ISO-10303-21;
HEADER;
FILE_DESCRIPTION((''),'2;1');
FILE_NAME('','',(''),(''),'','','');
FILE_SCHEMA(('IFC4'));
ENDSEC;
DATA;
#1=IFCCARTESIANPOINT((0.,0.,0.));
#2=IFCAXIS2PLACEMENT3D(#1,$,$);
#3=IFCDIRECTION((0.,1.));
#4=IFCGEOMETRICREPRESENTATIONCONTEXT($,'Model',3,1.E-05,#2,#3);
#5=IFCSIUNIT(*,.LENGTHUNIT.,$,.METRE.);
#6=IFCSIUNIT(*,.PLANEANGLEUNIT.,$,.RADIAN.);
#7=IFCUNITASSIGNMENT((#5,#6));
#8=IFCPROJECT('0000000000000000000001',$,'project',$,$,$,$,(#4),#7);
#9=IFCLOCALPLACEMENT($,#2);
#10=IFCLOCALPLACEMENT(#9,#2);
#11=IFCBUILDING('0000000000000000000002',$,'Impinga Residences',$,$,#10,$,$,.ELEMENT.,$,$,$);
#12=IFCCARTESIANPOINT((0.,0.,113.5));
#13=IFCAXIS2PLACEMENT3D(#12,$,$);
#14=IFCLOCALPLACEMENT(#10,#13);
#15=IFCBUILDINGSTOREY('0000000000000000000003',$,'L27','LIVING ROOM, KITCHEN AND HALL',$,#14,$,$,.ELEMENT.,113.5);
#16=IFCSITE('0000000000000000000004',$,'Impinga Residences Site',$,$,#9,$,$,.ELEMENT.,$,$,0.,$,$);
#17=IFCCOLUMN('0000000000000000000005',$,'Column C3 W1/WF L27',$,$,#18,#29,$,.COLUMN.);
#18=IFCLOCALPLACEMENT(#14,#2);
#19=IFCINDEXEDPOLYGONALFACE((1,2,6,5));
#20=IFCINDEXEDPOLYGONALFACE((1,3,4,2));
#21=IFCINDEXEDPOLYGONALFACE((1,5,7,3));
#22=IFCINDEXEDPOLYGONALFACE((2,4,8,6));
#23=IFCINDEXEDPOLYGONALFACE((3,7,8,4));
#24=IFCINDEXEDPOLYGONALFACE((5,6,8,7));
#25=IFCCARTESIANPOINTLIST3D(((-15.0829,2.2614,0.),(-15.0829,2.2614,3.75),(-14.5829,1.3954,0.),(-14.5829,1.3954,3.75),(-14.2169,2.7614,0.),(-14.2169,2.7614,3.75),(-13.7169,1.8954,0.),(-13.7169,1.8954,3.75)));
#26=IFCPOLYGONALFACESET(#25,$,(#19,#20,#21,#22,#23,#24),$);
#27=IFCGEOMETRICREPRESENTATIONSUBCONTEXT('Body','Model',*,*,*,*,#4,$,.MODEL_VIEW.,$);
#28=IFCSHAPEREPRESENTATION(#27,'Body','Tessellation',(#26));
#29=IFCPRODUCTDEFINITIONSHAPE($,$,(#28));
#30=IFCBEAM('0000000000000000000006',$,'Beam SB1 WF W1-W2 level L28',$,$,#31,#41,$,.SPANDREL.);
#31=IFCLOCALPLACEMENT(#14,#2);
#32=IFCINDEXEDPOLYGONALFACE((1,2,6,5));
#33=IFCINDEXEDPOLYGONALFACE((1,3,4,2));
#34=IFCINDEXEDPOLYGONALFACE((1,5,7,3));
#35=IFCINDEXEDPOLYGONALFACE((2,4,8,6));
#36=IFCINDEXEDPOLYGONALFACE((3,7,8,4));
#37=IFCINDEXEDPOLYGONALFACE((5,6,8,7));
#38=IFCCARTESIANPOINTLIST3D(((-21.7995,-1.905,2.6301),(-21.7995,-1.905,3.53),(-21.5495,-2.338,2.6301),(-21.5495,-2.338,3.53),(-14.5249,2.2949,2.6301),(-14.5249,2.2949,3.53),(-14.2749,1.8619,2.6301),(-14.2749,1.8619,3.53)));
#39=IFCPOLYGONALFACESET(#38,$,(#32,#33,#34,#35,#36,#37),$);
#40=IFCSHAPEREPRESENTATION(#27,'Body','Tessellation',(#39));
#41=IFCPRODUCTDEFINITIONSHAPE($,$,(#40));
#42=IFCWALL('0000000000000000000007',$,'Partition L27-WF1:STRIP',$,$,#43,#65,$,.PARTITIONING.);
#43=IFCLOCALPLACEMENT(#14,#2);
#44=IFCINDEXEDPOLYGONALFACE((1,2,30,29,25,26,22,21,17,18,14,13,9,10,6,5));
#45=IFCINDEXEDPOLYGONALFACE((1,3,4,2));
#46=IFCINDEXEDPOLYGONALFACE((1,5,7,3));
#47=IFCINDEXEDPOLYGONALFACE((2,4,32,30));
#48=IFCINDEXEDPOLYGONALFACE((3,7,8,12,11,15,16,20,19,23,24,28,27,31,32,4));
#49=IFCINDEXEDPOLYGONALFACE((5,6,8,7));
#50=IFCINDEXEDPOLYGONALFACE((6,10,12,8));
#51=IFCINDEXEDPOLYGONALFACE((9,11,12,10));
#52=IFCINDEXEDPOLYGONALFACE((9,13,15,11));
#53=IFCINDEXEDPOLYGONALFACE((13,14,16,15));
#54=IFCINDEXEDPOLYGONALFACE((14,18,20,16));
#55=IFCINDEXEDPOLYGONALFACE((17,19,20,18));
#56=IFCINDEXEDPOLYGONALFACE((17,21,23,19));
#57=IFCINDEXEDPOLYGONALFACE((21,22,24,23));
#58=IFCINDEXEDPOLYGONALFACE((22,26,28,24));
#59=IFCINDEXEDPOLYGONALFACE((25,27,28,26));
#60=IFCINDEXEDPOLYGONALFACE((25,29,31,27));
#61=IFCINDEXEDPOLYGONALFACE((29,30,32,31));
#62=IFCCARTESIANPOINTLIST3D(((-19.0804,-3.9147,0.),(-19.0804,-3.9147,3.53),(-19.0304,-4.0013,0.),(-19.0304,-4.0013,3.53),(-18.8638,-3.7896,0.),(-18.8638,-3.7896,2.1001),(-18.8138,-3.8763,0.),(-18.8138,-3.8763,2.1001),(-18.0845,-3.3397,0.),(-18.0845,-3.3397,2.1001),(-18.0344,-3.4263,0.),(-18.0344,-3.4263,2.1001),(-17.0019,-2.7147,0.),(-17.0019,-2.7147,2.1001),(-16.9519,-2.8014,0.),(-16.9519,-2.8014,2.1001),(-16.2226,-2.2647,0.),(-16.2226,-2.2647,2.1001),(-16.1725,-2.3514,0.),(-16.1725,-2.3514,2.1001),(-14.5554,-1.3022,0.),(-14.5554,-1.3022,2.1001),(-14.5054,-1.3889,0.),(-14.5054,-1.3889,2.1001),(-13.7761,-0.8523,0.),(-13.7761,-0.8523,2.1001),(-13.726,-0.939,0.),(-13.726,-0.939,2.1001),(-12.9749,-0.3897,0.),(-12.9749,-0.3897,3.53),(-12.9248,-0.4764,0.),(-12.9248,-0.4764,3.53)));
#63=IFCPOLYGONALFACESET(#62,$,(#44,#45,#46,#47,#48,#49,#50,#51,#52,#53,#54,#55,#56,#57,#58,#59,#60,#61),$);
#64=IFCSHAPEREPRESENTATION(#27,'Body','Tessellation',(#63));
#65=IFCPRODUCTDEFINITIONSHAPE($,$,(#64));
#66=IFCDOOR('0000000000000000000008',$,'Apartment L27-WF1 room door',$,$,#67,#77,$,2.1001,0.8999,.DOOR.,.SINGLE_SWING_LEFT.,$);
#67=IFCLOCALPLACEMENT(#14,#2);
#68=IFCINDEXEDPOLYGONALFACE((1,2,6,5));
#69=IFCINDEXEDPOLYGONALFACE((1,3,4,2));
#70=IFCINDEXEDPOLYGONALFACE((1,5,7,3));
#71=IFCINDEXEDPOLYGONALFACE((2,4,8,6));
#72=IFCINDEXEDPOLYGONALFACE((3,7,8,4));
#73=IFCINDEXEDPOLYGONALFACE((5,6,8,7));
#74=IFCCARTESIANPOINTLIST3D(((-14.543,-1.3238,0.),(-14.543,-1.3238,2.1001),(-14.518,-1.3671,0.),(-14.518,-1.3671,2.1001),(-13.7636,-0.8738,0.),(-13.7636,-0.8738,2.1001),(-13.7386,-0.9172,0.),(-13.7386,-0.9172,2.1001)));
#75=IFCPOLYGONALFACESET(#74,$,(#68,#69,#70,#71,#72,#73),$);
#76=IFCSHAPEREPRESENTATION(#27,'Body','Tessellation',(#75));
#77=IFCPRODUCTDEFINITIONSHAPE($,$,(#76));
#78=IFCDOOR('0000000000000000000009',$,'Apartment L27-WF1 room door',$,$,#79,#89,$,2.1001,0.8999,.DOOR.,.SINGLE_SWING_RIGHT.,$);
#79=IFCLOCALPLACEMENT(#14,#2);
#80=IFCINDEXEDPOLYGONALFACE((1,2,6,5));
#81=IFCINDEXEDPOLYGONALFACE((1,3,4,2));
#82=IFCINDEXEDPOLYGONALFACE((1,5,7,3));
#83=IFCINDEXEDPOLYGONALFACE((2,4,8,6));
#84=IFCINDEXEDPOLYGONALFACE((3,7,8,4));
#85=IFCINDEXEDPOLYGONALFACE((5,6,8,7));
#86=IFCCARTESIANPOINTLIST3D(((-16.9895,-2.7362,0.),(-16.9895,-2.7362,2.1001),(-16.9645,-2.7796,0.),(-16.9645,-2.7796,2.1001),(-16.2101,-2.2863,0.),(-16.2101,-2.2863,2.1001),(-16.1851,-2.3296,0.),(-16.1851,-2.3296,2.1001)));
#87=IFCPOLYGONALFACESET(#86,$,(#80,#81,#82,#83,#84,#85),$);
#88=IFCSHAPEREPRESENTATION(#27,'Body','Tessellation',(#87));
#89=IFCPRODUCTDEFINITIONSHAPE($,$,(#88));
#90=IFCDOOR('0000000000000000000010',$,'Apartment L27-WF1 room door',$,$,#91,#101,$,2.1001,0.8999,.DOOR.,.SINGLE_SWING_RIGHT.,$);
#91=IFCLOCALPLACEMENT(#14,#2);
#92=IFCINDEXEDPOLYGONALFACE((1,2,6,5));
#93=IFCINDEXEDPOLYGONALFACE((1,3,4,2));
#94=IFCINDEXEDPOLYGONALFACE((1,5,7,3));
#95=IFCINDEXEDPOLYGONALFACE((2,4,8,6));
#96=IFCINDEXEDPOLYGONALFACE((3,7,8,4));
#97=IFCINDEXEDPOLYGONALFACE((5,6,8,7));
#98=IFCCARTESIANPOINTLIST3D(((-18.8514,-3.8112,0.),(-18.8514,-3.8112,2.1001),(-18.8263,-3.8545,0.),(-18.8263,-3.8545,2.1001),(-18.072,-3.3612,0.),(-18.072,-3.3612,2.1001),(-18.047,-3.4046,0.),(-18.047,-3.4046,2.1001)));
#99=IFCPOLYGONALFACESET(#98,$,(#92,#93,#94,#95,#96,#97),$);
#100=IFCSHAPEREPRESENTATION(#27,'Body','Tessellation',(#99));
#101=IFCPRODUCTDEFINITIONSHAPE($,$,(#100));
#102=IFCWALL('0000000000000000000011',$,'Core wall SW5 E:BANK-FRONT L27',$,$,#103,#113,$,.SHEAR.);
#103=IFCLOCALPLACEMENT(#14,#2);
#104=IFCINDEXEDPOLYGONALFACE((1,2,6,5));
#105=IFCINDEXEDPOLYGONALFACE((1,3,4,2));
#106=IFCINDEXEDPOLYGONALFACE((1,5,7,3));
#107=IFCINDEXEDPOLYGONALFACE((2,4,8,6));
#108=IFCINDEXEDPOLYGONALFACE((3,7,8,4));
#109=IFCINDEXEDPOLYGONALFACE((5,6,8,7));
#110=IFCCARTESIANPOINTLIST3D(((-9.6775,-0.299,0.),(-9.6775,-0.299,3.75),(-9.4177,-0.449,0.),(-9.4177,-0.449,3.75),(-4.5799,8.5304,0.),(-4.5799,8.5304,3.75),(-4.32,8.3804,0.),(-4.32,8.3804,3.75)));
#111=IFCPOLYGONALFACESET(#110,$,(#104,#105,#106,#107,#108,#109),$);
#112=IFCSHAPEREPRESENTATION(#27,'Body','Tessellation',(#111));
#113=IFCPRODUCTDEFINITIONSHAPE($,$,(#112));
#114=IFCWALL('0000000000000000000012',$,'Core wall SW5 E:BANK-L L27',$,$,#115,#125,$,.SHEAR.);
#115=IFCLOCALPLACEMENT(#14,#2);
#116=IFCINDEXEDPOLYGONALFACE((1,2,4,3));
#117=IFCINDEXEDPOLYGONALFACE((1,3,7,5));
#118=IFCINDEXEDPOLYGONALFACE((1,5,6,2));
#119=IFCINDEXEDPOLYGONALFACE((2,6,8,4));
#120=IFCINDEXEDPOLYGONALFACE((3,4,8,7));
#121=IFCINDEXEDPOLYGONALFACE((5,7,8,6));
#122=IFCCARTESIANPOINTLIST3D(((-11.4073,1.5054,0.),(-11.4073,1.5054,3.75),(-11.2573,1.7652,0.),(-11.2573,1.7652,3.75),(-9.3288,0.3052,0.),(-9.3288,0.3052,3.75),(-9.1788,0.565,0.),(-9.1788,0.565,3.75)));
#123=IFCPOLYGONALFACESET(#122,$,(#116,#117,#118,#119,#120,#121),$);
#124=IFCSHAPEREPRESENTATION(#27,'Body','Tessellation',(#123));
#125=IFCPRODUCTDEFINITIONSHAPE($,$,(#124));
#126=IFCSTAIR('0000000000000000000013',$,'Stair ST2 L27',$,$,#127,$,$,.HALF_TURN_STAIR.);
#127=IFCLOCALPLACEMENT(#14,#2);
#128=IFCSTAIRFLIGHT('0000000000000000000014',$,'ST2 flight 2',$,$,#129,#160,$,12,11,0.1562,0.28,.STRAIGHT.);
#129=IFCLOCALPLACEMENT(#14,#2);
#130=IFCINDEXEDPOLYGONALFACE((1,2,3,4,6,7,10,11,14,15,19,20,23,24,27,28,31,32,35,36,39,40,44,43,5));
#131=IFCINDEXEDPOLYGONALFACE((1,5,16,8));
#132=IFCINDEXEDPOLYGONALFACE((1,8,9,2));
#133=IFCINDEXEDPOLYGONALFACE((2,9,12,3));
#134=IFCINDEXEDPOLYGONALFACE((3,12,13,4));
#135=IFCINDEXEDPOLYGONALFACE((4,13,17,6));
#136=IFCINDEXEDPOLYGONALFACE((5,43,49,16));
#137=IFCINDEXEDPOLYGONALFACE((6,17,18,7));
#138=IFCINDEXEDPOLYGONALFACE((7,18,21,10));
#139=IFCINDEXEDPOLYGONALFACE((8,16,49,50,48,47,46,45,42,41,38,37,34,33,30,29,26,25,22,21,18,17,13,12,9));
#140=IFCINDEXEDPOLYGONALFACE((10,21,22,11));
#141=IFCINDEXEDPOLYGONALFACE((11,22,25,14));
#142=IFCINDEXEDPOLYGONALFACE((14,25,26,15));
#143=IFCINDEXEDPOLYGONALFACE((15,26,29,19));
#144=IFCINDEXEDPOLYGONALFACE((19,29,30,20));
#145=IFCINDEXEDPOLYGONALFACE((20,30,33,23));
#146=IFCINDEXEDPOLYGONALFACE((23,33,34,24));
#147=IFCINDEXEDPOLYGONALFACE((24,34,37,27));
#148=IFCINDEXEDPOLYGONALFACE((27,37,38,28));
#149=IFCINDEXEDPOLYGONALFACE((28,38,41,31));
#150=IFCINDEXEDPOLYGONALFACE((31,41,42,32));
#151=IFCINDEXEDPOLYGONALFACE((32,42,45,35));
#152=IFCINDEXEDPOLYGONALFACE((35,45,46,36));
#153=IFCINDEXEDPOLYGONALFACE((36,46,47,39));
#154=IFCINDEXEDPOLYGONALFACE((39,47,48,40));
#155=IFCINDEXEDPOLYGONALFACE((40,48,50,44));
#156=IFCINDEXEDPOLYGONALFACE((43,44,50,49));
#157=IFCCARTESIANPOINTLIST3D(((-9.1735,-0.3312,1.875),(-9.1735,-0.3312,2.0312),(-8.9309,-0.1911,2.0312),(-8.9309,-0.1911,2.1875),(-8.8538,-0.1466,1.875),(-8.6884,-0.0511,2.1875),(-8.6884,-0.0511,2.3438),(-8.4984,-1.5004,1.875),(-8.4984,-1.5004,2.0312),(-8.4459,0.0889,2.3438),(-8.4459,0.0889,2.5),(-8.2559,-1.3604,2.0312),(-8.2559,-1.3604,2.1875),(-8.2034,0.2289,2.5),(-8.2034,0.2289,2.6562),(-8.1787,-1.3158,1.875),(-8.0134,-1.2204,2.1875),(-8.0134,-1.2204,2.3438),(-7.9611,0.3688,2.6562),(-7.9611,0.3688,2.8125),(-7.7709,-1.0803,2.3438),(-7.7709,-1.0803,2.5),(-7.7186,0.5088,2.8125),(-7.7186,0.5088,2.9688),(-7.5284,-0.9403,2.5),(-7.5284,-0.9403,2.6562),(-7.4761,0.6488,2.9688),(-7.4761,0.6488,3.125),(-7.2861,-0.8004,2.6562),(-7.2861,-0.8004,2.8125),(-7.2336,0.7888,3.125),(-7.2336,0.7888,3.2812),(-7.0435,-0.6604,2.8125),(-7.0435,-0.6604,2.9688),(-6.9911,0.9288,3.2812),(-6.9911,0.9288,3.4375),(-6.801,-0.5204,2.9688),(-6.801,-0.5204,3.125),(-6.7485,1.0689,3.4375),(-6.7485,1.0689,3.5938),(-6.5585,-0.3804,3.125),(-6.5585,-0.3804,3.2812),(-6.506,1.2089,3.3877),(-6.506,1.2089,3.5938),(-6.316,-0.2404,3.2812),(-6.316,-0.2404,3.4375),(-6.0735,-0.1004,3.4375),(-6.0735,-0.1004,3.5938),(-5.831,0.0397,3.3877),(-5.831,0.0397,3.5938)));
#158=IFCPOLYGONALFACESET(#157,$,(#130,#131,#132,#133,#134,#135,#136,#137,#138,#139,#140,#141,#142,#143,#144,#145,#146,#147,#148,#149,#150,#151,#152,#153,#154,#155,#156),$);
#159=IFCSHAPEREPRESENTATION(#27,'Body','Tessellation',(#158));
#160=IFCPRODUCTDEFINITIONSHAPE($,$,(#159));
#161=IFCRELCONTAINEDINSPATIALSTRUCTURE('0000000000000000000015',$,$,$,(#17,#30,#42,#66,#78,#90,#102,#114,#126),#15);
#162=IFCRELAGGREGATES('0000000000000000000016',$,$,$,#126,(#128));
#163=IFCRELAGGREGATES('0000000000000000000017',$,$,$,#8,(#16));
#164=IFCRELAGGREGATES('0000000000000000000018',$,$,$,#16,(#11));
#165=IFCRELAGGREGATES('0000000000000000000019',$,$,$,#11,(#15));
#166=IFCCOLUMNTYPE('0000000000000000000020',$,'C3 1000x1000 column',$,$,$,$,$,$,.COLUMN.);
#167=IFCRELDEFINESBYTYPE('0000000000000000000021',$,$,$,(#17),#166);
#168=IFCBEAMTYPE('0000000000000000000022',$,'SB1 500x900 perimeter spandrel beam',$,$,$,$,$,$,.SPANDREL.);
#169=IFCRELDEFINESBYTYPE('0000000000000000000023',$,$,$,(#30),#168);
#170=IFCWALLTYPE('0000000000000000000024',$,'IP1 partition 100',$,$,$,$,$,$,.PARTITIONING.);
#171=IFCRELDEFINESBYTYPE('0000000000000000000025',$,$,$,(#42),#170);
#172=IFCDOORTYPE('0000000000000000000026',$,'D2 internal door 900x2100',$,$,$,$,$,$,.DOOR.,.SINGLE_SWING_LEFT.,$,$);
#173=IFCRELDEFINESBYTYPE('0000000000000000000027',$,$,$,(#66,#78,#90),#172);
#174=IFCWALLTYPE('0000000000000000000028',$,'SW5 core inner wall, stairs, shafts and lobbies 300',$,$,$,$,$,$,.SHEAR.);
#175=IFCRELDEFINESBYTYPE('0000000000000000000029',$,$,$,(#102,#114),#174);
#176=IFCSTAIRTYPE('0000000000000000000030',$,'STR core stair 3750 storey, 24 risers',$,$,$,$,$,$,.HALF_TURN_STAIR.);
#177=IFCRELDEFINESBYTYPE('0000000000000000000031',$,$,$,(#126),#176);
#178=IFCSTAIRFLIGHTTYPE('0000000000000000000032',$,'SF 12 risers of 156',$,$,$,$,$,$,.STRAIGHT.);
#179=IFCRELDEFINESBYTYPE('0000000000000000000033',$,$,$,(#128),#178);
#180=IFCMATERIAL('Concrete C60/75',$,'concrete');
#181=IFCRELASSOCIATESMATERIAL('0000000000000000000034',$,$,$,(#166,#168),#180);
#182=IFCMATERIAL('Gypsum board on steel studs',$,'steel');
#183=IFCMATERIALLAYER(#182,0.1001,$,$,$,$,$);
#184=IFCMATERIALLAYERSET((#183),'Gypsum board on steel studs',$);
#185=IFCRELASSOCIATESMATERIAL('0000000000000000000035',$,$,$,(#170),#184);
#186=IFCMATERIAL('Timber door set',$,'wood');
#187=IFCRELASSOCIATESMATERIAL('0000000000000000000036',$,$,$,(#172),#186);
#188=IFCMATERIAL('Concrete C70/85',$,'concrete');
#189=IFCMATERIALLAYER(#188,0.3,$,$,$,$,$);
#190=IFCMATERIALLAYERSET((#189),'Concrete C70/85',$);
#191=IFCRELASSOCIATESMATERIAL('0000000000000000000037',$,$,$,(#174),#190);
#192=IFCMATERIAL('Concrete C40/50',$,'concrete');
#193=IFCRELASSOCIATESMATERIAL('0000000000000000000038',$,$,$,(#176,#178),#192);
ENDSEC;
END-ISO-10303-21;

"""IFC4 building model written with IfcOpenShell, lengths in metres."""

from ifc_helpers import new_model, si_unit, direction, frame, frame_2d, origin, origin_2d, place, context, subcontext, project, spatial, polyline, rectangle, outline, extrude, material, layer, layer_set, material_profile, profile_set, type_object, element, fill, aggregate, save


model = new_model("IFC4")

# Units and contexts
model_context = context("Model", 3, precision=1e-05, world=origin(), true_north=direction((0.0, 1.0)))
body_context = subcontext(model_context, "Body", "Model", "MODEL_VIEW")
ifc_project = project(units=[si_unit("LENGTHUNIT", "METRE"), si_unit("PLANEANGLEUNIT", "RADIAN")], contexts=[model_context])

# Site, building, storey
site_placement = place(None, origin())
site = spatial("IfcSite", under=ifc_project, at=site_placement, Name="Impinga Residences Site", CompositionType="ELEMENT", RefElevation=0.0)
building_placement = place(site_placement, origin())
building = spatial("IfcBuilding", under=site, at=building_placement, Name="Impinga Residences", CompositionType="ELEMENT")
storey_placement = place(building_placement, frame((0.0, 0.0, 113.5)))
storey = spatial("IfcBuildingStorey", under=building, at=storey_placement, Name="L27", Description="LIVING ROOM, KITCHEN AND HALL", CompositionType="ELEMENT", Elevation=113.5)

# Column
ifc_material_1 = material(Name="Concrete C60/75", Category="concrete")
ifc_material_profile_1 = material_profile(ifc_material_1, rectangle(XDim=1.0, YDim=1.0, at=origin_2d()), Name="RC 1000x1000")
ifc_profile_set_1 = profile_set([ifc_material_profile_1], Name="Concrete C60/75")
column_type = type_object("IfcColumnType", Name="C3 1000x1000 column", PredefinedType="COLUMN", material=ifc_profile_set_1)
column_placement = place(storey_placement, frame((-14.3999, 2.0784, 0.0), z_axis=(0.0, 0.0, 1.0), x_axis=(-0.5, 0.866025, 0.0)))
element("IfcColumn", 1, at=column_placement, inside=storey, type_object=column_type, Name="Column C3 W1/WF L27", PredefinedType="COLUMN", context=body_context, shape_type="SweptSolid", body=[
    extrude(rectangle(XDim=1.0, YDim=1.0, at=origin_2d()), origin(), (0.0, 0.0, 1.0), 3.75),
])

# Beam
ifc_material_profile_2 = material_profile(ifc_material_1, rectangle(XDim=0.5, YDim=0.8999, at=origin_2d()), Name="RC 500x900")
ifc_profile_set_2 = profile_set([ifc_material_profile_2], Name="Concrete C60/75")
beam_type = type_object("IfcBeamType", Name="SB1 500x900 perimeter spandrel beam", PredefinedType="SPANDREL", material=ifc_profile_set_2)
beam_placement = place(storey_placement, frame((-14.3999, 2.0784, 3.0801), z_axis=(-0.866029, -0.499993, 0.0), x_axis=(0.499993, -0.866029, 0.0)))
element("IfcBeam", 2, at=beam_placement, inside=storey, type_object=beam_type, Name="Beam SB1 WF W1-W2 level L28", PredefinedType="SPANDREL", context=body_context, shape_type="SweptSolid", body=[
    extrude(rectangle(XDim=0.5, YDim=0.8999, at=origin_2d()), origin(), (0.0, 0.0, 1.0), 8.3999),
])

# Wall, openings, doors
ifc_material_2 = material(Name="Gypsum board on steel studs", Category="steel")
ifc_layer_1 = layer(ifc_material_2, 0.1001)
ifc_layer_set_1 = layer_set([ifc_layer_1], Name="Gypsum board on steel studs")
wall_type_1 = type_object("IfcWallType", Name="IP1 partition 100", PredefinedType="PARTITIONING", material=ifc_layer_set_1)
wall_1_placement = place(storey_placement, frame((-12.95, -0.4331, 0.0), z_axis=(0.0, 0.0, 1.0), x_axis=(-0.866031, -0.49999, 0.0)))
wall_1 = element("IfcWall", 3, at=wall_1_placement, inside=storey, type_object=wall_type_1, Name="Partition L27-WF1:STRIP", PredefinedType="PARTITIONING", context=body_context, shape_type="SweptSolid", body=[
    extrude(rectangle(XDim=7.05, YDim=0.1001, at=frame_2d((3.5249, 0.0))), origin(), (0.0, 0.0, 1.0), 3.53),
])
opening_1_placement = place(wall_1_placement, frame((0.925, 0.0, 0.0)))
opening_1 = element("IfcOpeningElement", 4, at=opening_1_placement, cuts=wall_1, PredefinedType="OPENING", context=body_context, shape_type="SweptSolid", body=[
    extrude(rectangle(XDim=0.8999, YDim=2.1001, at=frame_2d((0.45, 1.05))), frame((0.0, 0.0601, 0.0), z_axis=(0.0, -1.0, 0.0), x_axis=(1.0, 0.0, 0.0)), (0.0, 0.0, 1.0), 0.1201),
])
opening_2_placement = place(wall_1_placement, frame((3.75, 0.0, 0.0)))
opening_2 = element("IfcOpeningElement", 5, at=opening_2_placement, cuts=wall_1, PredefinedType="OPENING", context=body_context, shape_type="SweptSolid", body=[
    extrude(rectangle(XDim=0.8999, YDim=2.1001, at=frame_2d((0.45, 1.05))), frame((0.0, 0.0601, 0.0), z_axis=(0.0, -1.0, 0.0), x_axis=(1.0, 0.0, 0.0)), (0.0, 0.0, 1.0), 0.1201),
])
opening_3_placement = place(wall_1_placement, frame((5.8999, 0.0, 0.0)))
opening_3 = element("IfcOpeningElement", 6, at=opening_3_placement, cuts=wall_1, PredefinedType="OPENING", context=body_context, shape_type="SweptSolid", body=[
    extrude(rectangle(XDim=0.8999, YDim=2.1001, at=frame_2d((0.45, 1.05))), frame((0.0, 0.0601, 0.0), z_axis=(0.0, -1.0, 0.0), x_axis=(1.0, 0.0, 0.0)), (0.0, 0.0, 1.0), 0.1201),
])
ifc_material_3 = material(Name="Timber door set", Category="wood")
door_type = type_object("IfcDoorType", Name="D2 internal door 900x2100", OperationType="SINGLE_SWING_LEFT", PredefinedType="DOOR", material=ifc_material_3)
door_1_placement = place(opening_1_placement, origin())
door_1 = element("IfcDoor", 7, at=door_1_placement, inside=storey, type_object=door_type, Name="Apartment L27-WF1 room door", OperationType="SINGLE_SWING_LEFT", OverallHeight=2.1001, OverallWidth=0.8999, PredefinedType="DOOR", context=body_context, shape_type="SweptSolid", body=[
    extrude(rectangle(XDim=0.8999, YDim=2.1001, at=frame_2d((0.45, 1.05))), frame((0.0, 0.0249, 0.0), z_axis=(0.0, -1.0, 0.0), x_axis=(1.0, 0.0, 0.0)), (0.0, 0.0, 1.0), 0.05),
])
fill(opening_1, door_1)
door_2_placement = place(opening_2_placement, origin())
door_2 = element("IfcDoor", 8, at=door_2_placement, inside=storey, type_object=door_type, Name="Apartment L27-WF1 room door", OperationType="SINGLE_SWING_RIGHT", OverallHeight=2.1001, OverallWidth=0.8999, PredefinedType="DOOR", context=body_context, shape_type="SweptSolid", body=[
    extrude(rectangle(XDim=0.8999, YDim=2.1001, at=frame_2d((0.45, 1.05))), frame((0.0, 0.0249, 0.0), z_axis=(0.0, -1.0, 0.0), x_axis=(1.0, 0.0, 0.0)), (0.0, 0.0, 1.0), 0.05),
])
fill(opening_2, door_2)
door_3_placement = place(opening_3_placement, origin())
door_3 = element("IfcDoor", 9, at=door_3_placement, inside=storey, type_object=door_type, Name="Apartment L27-WF1 room door", OperationType="SINGLE_SWING_RIGHT", OverallHeight=2.1001, OverallWidth=0.8999, PredefinedType="DOOR", context=body_context, shape_type="SweptSolid", body=[
    extrude(rectangle(XDim=0.8999, YDim=2.1001, at=frame_2d((0.45, 1.05))), frame((0.0, 0.0249, 0.0), z_axis=(0.0, -1.0, 0.0), x_axis=(1.0, 0.0, 0.0)), (0.0, 0.0, 1.0), 0.05),
])
fill(opening_3, door_3)

# Walls
ifc_material_4 = material(Name="Concrete C70/85", Category="concrete")
ifc_layer_2 = layer(ifc_material_4, 0.3)
ifc_layer_set_2 = layer_set([ifc_layer_2], Name="Concrete C70/85")
wall_type_2 = type_object("IfcWallType", Name="SW5 core inner wall, stairs, shafts and lobbies 300", PredefinedType="SHEAR", material=ifc_layer_set_2)
wall_2_placement = place(storey_placement, frame((-9.5476, -0.374, 0.0), z_axis=(0.0, 0.0, 1.0), x_axis=(0.500002, 0.866024, 0.0)))
element("IfcWall", 10, at=wall_2_placement, inside=storey, type_object=wall_type_2, Name="Core wall SW5 E:BANK-FRONT L27", PredefinedType="SHEAR", context=body_context, shape_type="SweptSolid", body=[
    extrude(rectangle(XDim=10.1953, YDim=0.3, at=frame_2d((5.0977, 0.0))), origin(), (0.0, 0.0, 1.0), 3.75),
])
wall_3_placement = place(storey_placement, frame((-9.2537, 0.4351, 0.0), z_axis=(0.0, 0.0, 1.0), x_axis=(-0.866006, 0.500034, 0.0)))
element("IfcWall", 11, at=wall_3_placement, inside=storey, type_object=wall_type_2, Name="Core wall SW5 E:BANK-L L27", PredefinedType="SHEAR", context=body_context, shape_type="SweptSolid", body=[
    extrude(rectangle(XDim=2.4001, YDim=0.3, at=frame_2d((1.2002, 0.0))), origin(), (0.0, 0.0, 1.0), 3.75),
])

# Stair, stair flight
ifc_material_5 = material(Name="Concrete C40/50", Category="concrete")
stair_type = type_object("IfcStairType", Name="STR core stair 3750 storey, 24 risers", PredefinedType="HALF_TURN_STAIR", material=ifc_material_5)
stair_placement = place(storey_placement, origin())
stair = element("IfcStair", 12, at=stair_placement, inside=storey, type_object=stair_type, Name="Stair ST2 L27", PredefinedType="HALF_TURN_STAIR")
stair_flight_type = type_object("IfcStairFlightType", Name="SF 12 risers of 156", PredefinedType="STRAIGHT", material=ifc_material_5)
stair_flight_placement = place(storey_placement, frame((-8.8359, -0.9158, 1.875), z_axis=(0.0, 0.0, 1.0), x_axis=(0.866025, 0.5, 0.0)))
stair_flight = element("IfcStairFlight", 13, at=stair_flight_placement, type_object=stair_flight_type, Name="ST2 flight 2", NumberOfRisers=12, NumberOfTreads=11, PredefinedType="STRAIGHT", RiserHeight=0.1562, TreadLength=0.28, context=body_context, shape_type="SweptSolid", body=[
    extrude(outline(polyline([(0.0, 0.0), (0.0, 0.1562), (0.28, 0.1562), (0.28, 0.3125), (0.5601, 0.3125), (0.5601, 0.4688), (0.8401, 0.4688), (0.8401, 0.625), (1.1201, 0.625), (1.1201, 0.7812), (1.3999, 0.7812), (1.3999, 0.9375), (1.6799, 0.9375), (1.6799, 1.0938), (1.96, 1.0938), (1.96, 1.25), (2.24, 1.25), (2.24, 1.4062), (2.52, 1.4062), (2.52, 1.5625), (2.8, 1.5625), (2.8, 1.7188), (3.0801, 1.7188), (3.0801, 1.875), (3.0801, 1.5127), (0.3691, 0.0), (0.0, 0.0)])), frame((0.0, 0.675, 0.0), z_axis=(0.0, -1.0, 0.0), x_axis=(1.0, 0.0, 0.0)), (0.0, 0.0, 1.0), 1.3501),
])
aggregate(stair, [stair_flight])

save(model, "model.ifc")
